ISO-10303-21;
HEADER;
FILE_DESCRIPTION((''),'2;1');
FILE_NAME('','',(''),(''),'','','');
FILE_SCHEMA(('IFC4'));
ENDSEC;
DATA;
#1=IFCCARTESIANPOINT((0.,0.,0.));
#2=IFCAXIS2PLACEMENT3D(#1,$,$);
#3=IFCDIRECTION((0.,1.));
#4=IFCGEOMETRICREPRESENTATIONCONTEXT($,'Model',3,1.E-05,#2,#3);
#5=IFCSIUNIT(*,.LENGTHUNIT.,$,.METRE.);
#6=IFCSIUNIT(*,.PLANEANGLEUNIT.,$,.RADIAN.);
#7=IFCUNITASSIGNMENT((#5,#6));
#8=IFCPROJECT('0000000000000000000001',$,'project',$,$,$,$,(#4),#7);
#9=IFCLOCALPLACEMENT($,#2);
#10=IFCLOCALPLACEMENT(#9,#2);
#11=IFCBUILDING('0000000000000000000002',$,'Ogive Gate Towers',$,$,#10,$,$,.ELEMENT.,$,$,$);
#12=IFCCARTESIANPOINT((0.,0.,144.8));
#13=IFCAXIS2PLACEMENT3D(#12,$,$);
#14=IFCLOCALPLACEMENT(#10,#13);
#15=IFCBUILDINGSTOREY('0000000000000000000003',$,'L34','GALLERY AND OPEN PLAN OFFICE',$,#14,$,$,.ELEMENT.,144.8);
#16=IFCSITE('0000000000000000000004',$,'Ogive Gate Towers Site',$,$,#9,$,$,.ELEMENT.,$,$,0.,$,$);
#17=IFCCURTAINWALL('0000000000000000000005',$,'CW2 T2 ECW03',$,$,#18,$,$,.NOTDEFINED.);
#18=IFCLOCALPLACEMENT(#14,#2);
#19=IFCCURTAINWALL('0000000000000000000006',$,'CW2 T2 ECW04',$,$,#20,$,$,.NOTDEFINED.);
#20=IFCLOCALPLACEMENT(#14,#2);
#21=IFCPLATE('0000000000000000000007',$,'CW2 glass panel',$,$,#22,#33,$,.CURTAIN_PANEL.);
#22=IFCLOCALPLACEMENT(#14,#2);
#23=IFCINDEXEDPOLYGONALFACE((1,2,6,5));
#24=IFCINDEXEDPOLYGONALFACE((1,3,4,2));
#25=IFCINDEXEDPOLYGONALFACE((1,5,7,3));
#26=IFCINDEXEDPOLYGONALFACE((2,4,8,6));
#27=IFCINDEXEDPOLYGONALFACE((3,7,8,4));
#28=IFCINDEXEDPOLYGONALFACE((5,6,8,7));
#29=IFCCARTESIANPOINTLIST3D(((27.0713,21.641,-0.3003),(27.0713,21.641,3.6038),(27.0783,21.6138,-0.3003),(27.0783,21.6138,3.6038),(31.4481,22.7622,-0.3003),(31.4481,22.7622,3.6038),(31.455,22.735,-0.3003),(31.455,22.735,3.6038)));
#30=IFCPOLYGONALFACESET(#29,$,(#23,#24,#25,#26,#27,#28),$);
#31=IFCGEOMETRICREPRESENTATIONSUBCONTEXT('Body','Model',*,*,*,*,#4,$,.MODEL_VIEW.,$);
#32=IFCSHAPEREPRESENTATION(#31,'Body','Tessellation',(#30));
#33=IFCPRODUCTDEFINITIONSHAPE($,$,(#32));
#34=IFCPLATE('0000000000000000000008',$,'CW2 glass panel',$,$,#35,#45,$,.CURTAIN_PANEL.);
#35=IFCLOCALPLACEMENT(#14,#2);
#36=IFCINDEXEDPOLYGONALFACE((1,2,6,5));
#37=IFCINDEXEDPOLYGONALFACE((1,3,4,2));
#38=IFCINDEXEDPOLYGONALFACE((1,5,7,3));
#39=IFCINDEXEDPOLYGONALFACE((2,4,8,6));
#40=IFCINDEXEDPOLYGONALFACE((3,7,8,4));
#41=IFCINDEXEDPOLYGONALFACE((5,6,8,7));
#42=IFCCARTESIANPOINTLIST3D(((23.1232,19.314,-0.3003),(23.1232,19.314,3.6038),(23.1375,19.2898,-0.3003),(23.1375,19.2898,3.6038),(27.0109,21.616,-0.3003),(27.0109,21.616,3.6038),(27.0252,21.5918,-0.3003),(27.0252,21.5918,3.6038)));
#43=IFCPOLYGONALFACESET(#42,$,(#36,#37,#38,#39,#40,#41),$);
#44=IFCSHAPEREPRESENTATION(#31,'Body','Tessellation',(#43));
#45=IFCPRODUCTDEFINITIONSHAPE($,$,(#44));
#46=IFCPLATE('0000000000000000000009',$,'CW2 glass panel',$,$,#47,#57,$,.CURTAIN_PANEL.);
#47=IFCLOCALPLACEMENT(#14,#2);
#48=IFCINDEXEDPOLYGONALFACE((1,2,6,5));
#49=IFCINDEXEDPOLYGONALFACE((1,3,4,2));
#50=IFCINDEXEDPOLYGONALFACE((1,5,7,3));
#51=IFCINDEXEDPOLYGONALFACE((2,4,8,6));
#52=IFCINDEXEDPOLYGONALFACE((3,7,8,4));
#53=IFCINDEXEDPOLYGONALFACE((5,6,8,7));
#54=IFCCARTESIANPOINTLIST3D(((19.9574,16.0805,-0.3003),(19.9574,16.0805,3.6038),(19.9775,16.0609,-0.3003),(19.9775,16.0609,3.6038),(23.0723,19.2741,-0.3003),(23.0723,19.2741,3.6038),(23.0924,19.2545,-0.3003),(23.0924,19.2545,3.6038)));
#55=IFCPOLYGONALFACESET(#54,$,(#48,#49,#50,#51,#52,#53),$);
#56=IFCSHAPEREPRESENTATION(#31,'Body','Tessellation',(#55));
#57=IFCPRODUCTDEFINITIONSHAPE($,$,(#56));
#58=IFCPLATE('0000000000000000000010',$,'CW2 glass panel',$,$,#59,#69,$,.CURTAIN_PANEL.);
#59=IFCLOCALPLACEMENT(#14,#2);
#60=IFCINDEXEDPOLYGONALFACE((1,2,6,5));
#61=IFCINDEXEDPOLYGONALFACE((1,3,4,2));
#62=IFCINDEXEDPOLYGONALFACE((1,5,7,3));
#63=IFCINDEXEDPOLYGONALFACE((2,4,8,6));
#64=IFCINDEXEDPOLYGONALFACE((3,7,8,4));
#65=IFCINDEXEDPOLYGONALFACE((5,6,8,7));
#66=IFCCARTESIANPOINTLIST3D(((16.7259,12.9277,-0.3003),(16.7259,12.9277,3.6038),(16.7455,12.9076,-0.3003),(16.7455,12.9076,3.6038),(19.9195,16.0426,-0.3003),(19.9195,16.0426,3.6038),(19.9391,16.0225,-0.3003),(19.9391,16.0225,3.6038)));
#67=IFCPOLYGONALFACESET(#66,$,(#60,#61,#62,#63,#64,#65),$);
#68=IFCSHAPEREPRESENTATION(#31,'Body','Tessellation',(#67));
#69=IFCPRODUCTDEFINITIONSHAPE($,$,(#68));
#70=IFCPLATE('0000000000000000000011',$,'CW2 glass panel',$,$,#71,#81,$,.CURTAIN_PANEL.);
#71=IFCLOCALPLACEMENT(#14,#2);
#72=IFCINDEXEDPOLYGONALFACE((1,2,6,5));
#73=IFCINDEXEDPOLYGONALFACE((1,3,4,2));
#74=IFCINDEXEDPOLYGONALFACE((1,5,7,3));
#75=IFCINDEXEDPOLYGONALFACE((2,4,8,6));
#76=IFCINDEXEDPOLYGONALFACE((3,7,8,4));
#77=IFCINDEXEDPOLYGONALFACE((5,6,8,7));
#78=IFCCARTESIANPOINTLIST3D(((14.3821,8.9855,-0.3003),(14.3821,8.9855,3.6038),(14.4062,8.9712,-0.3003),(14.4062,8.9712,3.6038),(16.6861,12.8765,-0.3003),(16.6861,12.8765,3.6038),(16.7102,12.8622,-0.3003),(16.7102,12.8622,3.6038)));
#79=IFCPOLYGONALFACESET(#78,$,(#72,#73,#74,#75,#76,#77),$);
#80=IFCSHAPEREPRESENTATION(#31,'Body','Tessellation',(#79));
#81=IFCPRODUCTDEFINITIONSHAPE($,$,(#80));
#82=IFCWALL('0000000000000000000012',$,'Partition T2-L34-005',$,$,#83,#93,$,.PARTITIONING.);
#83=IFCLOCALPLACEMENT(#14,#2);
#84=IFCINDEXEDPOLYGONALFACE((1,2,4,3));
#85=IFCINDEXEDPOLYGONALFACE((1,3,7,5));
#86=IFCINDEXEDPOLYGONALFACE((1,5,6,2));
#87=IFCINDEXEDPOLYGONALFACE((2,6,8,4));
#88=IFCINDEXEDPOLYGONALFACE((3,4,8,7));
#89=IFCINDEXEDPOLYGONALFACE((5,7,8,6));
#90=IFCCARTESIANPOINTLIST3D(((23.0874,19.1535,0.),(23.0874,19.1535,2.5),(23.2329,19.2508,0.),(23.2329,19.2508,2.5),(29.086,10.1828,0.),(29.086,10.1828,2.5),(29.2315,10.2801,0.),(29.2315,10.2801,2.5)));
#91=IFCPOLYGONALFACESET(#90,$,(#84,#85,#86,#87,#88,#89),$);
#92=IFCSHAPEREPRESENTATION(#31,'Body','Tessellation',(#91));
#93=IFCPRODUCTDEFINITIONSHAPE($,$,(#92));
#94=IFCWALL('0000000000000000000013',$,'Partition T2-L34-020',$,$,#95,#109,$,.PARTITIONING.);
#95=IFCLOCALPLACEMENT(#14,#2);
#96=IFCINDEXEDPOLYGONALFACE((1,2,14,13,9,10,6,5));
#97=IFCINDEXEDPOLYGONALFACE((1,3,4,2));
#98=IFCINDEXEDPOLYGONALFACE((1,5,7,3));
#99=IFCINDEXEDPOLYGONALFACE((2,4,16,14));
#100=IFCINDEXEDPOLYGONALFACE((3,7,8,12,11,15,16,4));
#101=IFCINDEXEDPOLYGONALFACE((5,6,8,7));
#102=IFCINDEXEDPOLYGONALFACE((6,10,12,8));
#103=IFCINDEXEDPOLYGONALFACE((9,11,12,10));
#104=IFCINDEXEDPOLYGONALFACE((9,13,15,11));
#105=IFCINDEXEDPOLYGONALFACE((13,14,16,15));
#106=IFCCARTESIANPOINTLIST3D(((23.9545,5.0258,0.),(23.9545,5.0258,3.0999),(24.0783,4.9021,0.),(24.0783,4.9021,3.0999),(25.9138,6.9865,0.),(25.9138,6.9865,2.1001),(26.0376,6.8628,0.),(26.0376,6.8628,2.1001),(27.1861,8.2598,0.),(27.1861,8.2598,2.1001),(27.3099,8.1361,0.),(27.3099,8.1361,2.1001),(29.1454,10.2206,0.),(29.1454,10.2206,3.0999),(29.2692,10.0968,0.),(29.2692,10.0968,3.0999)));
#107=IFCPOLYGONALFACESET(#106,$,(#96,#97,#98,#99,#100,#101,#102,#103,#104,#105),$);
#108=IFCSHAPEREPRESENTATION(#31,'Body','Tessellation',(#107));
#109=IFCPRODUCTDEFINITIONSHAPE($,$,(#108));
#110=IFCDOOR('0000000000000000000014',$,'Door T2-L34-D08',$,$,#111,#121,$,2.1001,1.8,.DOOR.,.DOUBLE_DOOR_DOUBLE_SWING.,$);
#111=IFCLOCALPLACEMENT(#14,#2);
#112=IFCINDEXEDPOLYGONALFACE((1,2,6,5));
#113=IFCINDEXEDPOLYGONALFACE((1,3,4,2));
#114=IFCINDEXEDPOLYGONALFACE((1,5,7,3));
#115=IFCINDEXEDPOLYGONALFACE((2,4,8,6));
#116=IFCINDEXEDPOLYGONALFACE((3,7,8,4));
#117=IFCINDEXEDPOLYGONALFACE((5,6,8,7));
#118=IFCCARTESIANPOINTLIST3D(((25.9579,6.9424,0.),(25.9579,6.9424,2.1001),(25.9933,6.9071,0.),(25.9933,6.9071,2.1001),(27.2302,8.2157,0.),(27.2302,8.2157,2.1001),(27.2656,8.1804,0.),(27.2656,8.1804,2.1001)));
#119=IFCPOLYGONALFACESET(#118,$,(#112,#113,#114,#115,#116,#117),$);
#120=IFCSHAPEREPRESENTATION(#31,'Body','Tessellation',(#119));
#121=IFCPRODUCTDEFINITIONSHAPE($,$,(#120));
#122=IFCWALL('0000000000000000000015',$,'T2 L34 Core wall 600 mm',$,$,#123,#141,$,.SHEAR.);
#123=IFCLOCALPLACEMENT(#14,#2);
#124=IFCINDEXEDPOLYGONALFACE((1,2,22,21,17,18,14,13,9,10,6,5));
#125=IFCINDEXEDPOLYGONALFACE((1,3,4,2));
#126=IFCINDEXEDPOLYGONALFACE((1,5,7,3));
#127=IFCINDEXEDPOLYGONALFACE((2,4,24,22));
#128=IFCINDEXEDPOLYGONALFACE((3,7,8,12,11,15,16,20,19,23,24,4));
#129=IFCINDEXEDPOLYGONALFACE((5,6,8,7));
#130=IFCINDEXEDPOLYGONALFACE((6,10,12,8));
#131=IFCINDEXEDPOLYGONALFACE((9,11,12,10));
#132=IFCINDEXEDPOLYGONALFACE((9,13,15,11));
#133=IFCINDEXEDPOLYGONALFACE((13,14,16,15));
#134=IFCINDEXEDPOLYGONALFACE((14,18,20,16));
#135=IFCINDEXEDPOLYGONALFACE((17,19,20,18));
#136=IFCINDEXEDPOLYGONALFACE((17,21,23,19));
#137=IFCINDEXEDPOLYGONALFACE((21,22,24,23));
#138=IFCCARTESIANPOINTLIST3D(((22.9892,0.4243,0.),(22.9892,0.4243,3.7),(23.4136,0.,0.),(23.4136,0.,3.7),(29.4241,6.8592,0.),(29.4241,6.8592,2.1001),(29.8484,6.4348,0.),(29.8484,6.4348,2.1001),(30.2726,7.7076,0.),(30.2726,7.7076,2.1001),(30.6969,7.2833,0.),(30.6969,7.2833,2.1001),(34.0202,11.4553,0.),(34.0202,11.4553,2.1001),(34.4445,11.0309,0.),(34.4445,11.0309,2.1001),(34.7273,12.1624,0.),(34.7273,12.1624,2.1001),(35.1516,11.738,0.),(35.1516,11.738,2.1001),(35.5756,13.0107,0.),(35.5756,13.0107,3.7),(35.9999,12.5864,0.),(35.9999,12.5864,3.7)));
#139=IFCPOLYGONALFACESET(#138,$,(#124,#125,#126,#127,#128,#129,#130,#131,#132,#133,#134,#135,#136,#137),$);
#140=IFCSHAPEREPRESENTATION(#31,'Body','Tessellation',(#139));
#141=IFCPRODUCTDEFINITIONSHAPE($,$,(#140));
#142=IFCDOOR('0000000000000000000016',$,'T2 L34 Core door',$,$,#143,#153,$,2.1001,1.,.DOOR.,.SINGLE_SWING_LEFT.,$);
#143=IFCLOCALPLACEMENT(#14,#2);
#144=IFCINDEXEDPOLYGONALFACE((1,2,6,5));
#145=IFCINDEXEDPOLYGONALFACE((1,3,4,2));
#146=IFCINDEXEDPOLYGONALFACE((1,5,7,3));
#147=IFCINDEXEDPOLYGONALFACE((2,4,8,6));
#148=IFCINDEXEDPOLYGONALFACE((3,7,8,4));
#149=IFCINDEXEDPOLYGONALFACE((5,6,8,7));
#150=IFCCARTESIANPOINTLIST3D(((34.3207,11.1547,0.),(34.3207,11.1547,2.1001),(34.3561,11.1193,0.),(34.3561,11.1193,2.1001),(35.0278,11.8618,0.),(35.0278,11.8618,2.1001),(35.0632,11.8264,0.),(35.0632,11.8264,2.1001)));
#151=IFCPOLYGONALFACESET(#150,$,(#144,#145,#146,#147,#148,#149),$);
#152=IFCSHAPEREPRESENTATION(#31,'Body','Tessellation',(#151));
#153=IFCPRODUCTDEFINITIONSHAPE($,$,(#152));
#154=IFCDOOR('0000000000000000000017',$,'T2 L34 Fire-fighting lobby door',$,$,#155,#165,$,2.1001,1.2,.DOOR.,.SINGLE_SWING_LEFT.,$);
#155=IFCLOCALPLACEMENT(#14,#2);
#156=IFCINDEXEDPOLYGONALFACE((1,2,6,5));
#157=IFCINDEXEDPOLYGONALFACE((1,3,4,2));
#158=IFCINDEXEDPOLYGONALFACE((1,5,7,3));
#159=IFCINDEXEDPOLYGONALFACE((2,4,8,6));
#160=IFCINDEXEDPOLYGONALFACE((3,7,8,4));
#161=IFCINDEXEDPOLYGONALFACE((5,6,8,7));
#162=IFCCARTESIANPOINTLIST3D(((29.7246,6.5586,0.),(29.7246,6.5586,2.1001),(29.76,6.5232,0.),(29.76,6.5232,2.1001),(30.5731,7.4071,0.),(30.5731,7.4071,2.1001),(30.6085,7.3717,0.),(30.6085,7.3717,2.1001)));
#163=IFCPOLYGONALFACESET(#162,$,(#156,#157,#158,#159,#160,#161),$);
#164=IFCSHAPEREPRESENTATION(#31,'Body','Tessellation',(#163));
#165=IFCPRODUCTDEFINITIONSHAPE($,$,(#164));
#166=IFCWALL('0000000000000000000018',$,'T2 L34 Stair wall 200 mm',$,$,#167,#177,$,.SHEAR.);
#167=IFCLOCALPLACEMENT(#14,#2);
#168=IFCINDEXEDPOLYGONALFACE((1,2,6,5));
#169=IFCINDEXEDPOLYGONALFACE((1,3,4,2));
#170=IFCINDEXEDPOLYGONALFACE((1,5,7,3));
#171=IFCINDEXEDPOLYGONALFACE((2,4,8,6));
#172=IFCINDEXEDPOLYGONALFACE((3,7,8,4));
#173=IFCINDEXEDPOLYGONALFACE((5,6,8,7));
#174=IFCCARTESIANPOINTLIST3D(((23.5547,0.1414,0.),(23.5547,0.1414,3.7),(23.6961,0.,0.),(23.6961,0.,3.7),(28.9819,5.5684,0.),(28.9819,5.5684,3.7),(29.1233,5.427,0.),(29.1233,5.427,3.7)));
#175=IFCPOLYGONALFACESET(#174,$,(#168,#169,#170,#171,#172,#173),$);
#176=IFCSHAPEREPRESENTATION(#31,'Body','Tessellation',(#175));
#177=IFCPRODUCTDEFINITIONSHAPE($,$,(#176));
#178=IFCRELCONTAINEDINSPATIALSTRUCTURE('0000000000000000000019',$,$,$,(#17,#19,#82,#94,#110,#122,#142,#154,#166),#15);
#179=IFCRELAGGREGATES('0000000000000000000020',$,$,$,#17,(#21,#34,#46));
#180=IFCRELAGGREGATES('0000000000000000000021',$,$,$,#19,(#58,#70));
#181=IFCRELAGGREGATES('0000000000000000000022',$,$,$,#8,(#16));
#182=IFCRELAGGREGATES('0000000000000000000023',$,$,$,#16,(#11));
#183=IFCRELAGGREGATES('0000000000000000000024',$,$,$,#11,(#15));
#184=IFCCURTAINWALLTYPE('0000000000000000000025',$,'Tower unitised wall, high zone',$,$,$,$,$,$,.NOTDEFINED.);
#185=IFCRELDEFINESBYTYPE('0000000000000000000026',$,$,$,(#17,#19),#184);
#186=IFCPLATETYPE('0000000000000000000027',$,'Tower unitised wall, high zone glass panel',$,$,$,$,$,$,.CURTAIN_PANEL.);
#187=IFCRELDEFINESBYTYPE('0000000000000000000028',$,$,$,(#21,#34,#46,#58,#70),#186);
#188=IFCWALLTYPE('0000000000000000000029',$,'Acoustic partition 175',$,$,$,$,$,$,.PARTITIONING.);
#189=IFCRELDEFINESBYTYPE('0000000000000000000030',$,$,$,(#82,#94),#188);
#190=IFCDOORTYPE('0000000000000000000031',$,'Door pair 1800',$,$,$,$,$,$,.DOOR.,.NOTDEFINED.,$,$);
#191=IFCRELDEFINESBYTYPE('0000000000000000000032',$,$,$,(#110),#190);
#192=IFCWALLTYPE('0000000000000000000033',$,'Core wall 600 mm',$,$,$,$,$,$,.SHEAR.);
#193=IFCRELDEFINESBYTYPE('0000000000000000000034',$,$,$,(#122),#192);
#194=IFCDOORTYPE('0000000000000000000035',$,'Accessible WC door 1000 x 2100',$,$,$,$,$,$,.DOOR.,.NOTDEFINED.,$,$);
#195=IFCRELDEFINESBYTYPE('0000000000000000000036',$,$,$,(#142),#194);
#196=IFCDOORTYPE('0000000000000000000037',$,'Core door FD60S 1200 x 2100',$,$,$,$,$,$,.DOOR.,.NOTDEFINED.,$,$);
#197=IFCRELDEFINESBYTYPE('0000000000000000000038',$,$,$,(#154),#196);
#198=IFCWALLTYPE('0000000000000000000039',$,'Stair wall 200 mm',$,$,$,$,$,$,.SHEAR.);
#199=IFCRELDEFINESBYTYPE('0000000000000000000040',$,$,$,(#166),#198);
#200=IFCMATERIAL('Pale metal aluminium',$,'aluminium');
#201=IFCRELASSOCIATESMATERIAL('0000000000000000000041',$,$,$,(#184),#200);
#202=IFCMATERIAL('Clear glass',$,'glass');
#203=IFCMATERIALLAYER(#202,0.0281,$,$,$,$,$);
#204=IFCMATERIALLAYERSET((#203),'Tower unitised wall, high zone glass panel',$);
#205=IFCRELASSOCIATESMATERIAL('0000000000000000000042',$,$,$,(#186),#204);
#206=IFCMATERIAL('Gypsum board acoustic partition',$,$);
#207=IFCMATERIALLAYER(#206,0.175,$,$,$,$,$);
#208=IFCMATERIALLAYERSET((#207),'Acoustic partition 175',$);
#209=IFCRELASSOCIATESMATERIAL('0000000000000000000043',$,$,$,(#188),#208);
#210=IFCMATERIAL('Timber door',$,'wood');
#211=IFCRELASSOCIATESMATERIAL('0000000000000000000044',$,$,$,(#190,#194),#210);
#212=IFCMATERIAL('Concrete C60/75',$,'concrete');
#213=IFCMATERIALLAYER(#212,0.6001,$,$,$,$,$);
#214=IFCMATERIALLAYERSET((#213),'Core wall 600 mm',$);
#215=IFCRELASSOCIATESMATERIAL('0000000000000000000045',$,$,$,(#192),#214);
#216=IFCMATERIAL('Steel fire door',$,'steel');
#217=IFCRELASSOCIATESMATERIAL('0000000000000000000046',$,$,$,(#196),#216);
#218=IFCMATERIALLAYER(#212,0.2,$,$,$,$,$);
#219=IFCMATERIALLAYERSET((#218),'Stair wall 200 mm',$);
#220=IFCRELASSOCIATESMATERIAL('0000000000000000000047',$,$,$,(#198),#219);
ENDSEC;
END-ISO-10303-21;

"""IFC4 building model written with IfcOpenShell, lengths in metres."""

from ifc_helpers import new_model, si_unit, direction, frame, frame_2d, origin, origin_2d, place, context, subcontext, project, spatial, rectangle, extrude, material, layer, layer_set, type_object, element, fill, aggregate, save


model = new_model("IFC4")

# Units and contexts
model_context = context("Model", 3, precision=1e-05, world=origin(), true_north=direction((0.0, 1.0)))
body_context = subcontext(model_context, "Body", "Model", "MODEL_VIEW")
ifc_project = project(units=[si_unit("LENGTHUNIT", "METRE"), si_unit("PLANEANGLEUNIT", "RADIAN")], contexts=[model_context])

# Site, building, storey
site_placement = place(None, origin())
site = spatial("IfcSite", under=ifc_project, at=site_placement, Name="Ogive Gate Towers Site", CompositionType="ELEMENT", RefElevation=0.0)
building_placement = place(site_placement, origin())
building = spatial("IfcBuilding", under=site, at=building_placement, Name="Ogive Gate Towers", CompositionType="ELEMENT")
storey_placement = place(building_placement, frame((0.0, 0.0, 144.8)))
storey = spatial("IfcBuildingStorey", under=building, at=storey_placement, Name="L34", Description="GALLERY AND OPEN PLAN OFFICE", CompositionType="ELEMENT", Elevation=144.8)

# Curtain wall
ifc_material_1 = material(Name="Pale metal aluminium", Category="aluminium")
curtain_wall_type = type_object("IfcCurtainWallType", Name="Tower unitised wall, high zone", PredefinedType="NOTDEFINED", material=ifc_material_1)
curtain_wall_1_placement = place(storey_placement, origin())
curtain_wall_1 = element("IfcCurtainWall", 1, at=curtain_wall_1_placement, inside=storey, type_object=curtain_wall_type, Name="CW2 T2 ECW03", PredefinedType="NOTDEFINED")

# Curtain wall
curtain_wall_2_placement = place(storey_placement, origin())
curtain_wall_2 = element("IfcCurtainWall", 2, at=curtain_wall_2_placement, inside=storey, type_object=curtain_wall_type, Name="CW2 T2 ECW04", PredefinedType="NOTDEFINED")

# Plates
ifc_material_2 = material(Name="Clear glass", Category="glass")
ifc_layer_1 = layer(ifc_material_2, 0.0281)
ifc_layer_set_1 = layer_set([ifc_layer_1], Name="Tower unitised wall, high zone glass panel")
plate_type = type_object("IfcPlateType", Name="Tower unitised wall, high zone glass panel", PredefinedType="CURTAIN_PANEL", material=ifc_layer_set_1)
plate_1_placement = place(storey_placement, frame((29.2632, 22.188, -0.3003), z_axis=(0.0, 0.0, 1.0), x_axis=(-0.968718, -0.248166, 0.0)))
plate_1 = element("IfcPlate", 3, at=plate_1_placement, type_object=plate_type, Name="CW2 glass panel", PredefinedType="CURTAIN_PANEL", context=body_context, shape_type="SweptSolid", body=[
    extrude(rectangle(XDim=4.5181, YDim=0.0281, at=origin_2d()), origin(), (0.0, 0.0, 1.0), 3.9041),
])
plate_2_placement = place(storey_placement, frame((25.0742, 20.4529, -0.3003), z_axis=(0.0, 0.0, 1.0), x_axis=(-0.860466, -0.509507, 0.0)))
plate_2 = element("IfcPlate", 4, at=plate_2_placement, type_object=plate_type, Name="CW2 glass panel", PredefinedType="CURTAIN_PANEL", context=body_context, shape_type="SweptSolid", body=[
    extrude(rectangle(XDim=4.5181, YDim=0.0281, at=origin_2d()), origin(), (0.0, 0.0, 1.0), 3.9041),
])
plate_3_placement = place(storey_placement, frame((21.5249, 17.6675, -0.3003), z_axis=(0.0, 0.0, 1.0), x_axis=(-0.69824, -0.715863, 0.0)))
plate_3 = element("IfcPlate", 5, at=plate_3_placement, type_object=plate_type, Name="CW2 glass panel", PredefinedType="CURTAIN_PANEL", context=body_context, shape_type="SweptSolid", body=[
    extrude(rectangle(XDim=4.4612, YDim=0.0281, at=origin_2d()), origin(), (0.0, 0.0, 1.0), 3.9041),
])
aggregate(curtain_wall_1, [plate_1, plate_2, plate_3])
plate_4_placement = place(storey_placement, frame((18.3325, 14.4751, -0.3003), z_axis=(0.0, 0.0, 1.0), x_axis=(-0.715863, -0.69824, 0.0)))
plate_4 = element("IfcPlate", 6, at=plate_4_placement, type_object=plate_type, Name="CW2 glass panel", PredefinedType="CURTAIN_PANEL", context=body_context, shape_type="SweptSolid", body=[
    extrude(rectangle(XDim=4.4612, YDim=0.0281, at=origin_2d()), origin(), (0.0, 0.0, 1.0), 3.9041),
])
plate_5_placement = place(storey_placement, frame((15.5461, 10.9238, -0.3003), z_axis=(0.0, 0.0, 1.0), x_axis=(-0.509507, -0.860466, 0.0)))
plate_5 = element("IfcPlate", 7, at=plate_5_placement, type_object=plate_type, Name="CW2 glass panel", PredefinedType="CURTAIN_PANEL", context=body_context, shape_type="SweptSolid", body=[
    extrude(rectangle(XDim=4.522, YDim=0.0281, at=origin_2d()), origin(), (0.0, 0.0, 1.0), 3.9041),
])
aggregate(curtain_wall_2, [plate_4, plate_5])

# Wall
ifc_material_3 = material(Name="Gypsum board acoustic partition")
ifc_layer_2 = layer(ifc_material_3, 0.175)
ifc_layer_set_2 = layer_set([ifc_layer_2], Name="Acoustic partition 175")
wall_type_1 = type_object("IfcWallType", Name="Acoustic partition 175", PredefinedType="PARTITIONING", material=ifc_layer_set_2)
wall_1_placement = place(storey_placement, frame((23.1602, 19.2021, 0.0), z_axis=(0.0, 0.0, 1.0), x_axis=(0.555859, -0.831277, 0.0)))
element("IfcWall", 8, at=wall_1_placement, inside=storey, type_object=wall_type_1, Name="Partition T2-L34-005", PredefinedType="PARTITIONING", context=body_context, shape_type="SweptSolid", body=[
    extrude(rectangle(XDim=10.7915, YDim=0.175, at=frame_2d((5.3958, 0.0))), origin(), (0.0, 0.0, 1.0), 2.5),
])

# Wall, opening, door
wall_2_placement = place(storey_placement, frame((29.2073, 10.1587, 0.0), z_axis=(0.0, 0.0, 1.0), x_axis=(-0.706841, -0.707373, 0.0)))
wall_2 = element("IfcWall", 9, at=wall_2_placement, inside=storey, type_object=wall_type_1, Name="Partition T2-L34-020", PredefinedType="PARTITIONING", context=body_context, shape_type="SweptSolid", body=[
    extrude(rectangle(XDim=7.3438, YDim=0.175, at=frame_2d((3.6719, 0.0))), origin(), (0.0, 0.0, 1.0), 3.0999),
])
opening_1_placement = place(wall_2_placement, frame((2.772, 0.0, 0.0)))
opening_1 = element("IfcOpeningElement", 10, at=opening_1_placement, cuts=wall_2, PredefinedType="OPENING", context=body_context, shape_type="SweptSolid", body=[
    extrude(rectangle(XDim=1.8, YDim=2.1001, at=frame_2d((0.8999, 1.05))), frame((0.0, 0.0977, 0.0), z_axis=(0.0, -1.0, 0.0), x_axis=(1.0, 0.0, 0.0)), (0.0, 0.0, 1.0), 0.1951),
])
ifc_material_4 = material(Name="Timber door", Category="wood")
door_type_1 = type_object("IfcDoorType", Name="Door pair 1800", OperationType="NOTDEFINED", PredefinedType="DOOR", material=ifc_material_4)
door_1_placement = place(opening_1_placement, origin())
door_1 = element("IfcDoor", 11, at=door_1_placement, inside=storey, type_object=door_type_1, Name="Door T2-L34-D08", OperationType="DOUBLE_DOOR_DOUBLE_SWING", OverallHeight=2.1001, OverallWidth=1.8, PredefinedType="DOOR", context=body_context, shape_type="SweptSolid", body=[
    extrude(rectangle(XDim=1.8, YDim=2.1001, at=frame_2d((0.8999, 1.05))), frame((0.0, 0.0249, 0.0), z_axis=(0.0, -1.0, 0.0), x_axis=(1.0, 0.0, 0.0)), (0.0, 0.0, 1.0), 0.05),
])
fill(opening_1, door_1)

# Wall, openings, doors
ifc_material_5 = material(Name="Concrete C60/75", Category="concrete")
ifc_layer_3 = layer(ifc_material_5, 0.6001)
ifc_layer_set_3 = layer_set([ifc_layer_3], Name="Core wall 600 mm")
wall_type_2 = type_object("IfcWallType", Name="Core wall 600 mm", PredefinedType="SHEAR", material=ifc_layer_set_3)
wall_3_placement = place(storey_placement, frame((23.2014, 0.2122, 0.0), z_axis=(0.0, 0.0, 1.0), x_axis=(0.707107, 0.707107, 0.0)))
wall_3 = element("IfcWall", 12, at=wall_3_placement, inside=storey, type_object=wall_type_2, Name="T2 L34 Core wall 600 mm", PredefinedType="SHEAR", context=body_context, shape_type="SweptSolid", body=[
    extrude(rectangle(XDim=17.7998, YDim=0.6001, at=frame_2d((8.8999, 0.0))), origin(), (0.0, 0.0, 1.0), 3.7),
])
opening_2_placement = place(wall_3_placement, frame((9.1001, 0.0, 0.0)))
opening_2 = element("IfcOpeningElement", 13, at=opening_2_placement, cuts=wall_3, PredefinedType="OPENING", context=body_context, shape_type="SweptSolid", body=[
    extrude(rectangle(XDim=1.2, YDim=2.1001, at=frame_2d((0.6001, 1.05))), frame((0.0, 0.3101, 0.0), z_axis=(0.0, -1.0, 0.0), x_axis=(1.0, 0.0, 0.0)), (0.0, 0.0, 1.0), 0.6201),
])
opening_3_placement = place(wall_3_placement, frame((15.6001, 0.0, 0.0)))
opening_3 = element("IfcOpeningElement", 14, at=opening_3_placement, cuts=wall_3, PredefinedType="OPENING", context=body_context, shape_type="SweptSolid", body=[
    extrude(rectangle(XDim=1.0, YDim=2.1001, at=frame_2d((0.5, 1.05))), frame((0.0, 0.3101, 0.0), z_axis=(0.0, -1.0, 0.0), x_axis=(1.0, 0.0, 0.0)), (0.0, 0.0, 1.0), 0.6201),
])
door_type_2 = type_object("IfcDoorType", Name="Accessible WC door 1000 x 2100", OperationType="NOTDEFINED", PredefinedType="DOOR", material=ifc_material_4)
door_2_placement = place(opening_3_placement, origin())
door_2 = element("IfcDoor", 15, at=door_2_placement, inside=storey, type_object=door_type_2, Name="T2 L34 Core door", OperationType="SINGLE_SWING_LEFT", OverallHeight=2.1001, OverallWidth=1.0, PredefinedType="DOOR", context=body_context, shape_type="SweptSolid", body=[
    extrude(rectangle(XDim=1.0, YDim=2.1001, at=frame_2d((0.5, 1.05))), frame((0.0, -0.125, 0.0), z_axis=(0.0, -1.0, 0.0), x_axis=(1.0, 0.0, 0.0)), (0.0, 0.0, 1.0), 0.05),
])
fill(opening_3, door_2)
ifc_material_6 = material(Name="Steel fire door", Category="steel")
door_type_3 = type_object("IfcDoorType", Name="Core door FD60S 1200 x 2100", OperationType="NOTDEFINED", PredefinedType="DOOR", material=ifc_material_6)
door_3_placement = place(opening_2_placement, origin())
door_3 = element("IfcDoor", 16, at=door_3_placement, inside=storey, type_object=door_type_3, Name="T2 L34 Fire-fighting lobby door", OperationType="SINGLE_SWING_LEFT", OverallHeight=2.1001, OverallWidth=1.2, PredefinedType="DOOR", context=body_context, shape_type="SweptSolid", body=[
    extrude(rectangle(XDim=1.2, YDim=2.1001, at=frame_2d((0.6001, 1.05))), frame((0.0, -0.125, 0.0), z_axis=(0.0, -1.0, 0.0), x_axis=(1.0, 0.0, 0.0)), (0.0, 0.0, 1.0), 0.05),
])
fill(opening_2, door_3)

# Wall
ifc_layer_4 = layer(ifc_material_5, 0.2)
ifc_layer_set_4 = layer_set([ifc_layer_4], Name="Stair wall 200 mm")
wall_type_3 = type_object("IfcWallType", Name="Stair wall 200 mm", PredefinedType="SHEAR", material=ifc_layer_set_4)
wall_4_placement = place(storey_placement, frame((23.6255, 0.0708, 0.0), z_axis=(0.0, 0.0, 1.0), x_axis=(0.707123, 0.707091, 0.0)))
element("IfcWall", 17, at=wall_4_placement, inside=storey, type_object=wall_type_3, Name="T2 L34 Stair wall 200 mm", PredefinedType="SHEAR", context=body_context, shape_type="SweptSolid", body=[
    extrude(rectangle(XDim=7.675, YDim=0.2, at=frame_2d((3.8374, 0.0))), origin(), (0.0, 0.0, 1.0), 3.7),
])

save(model, "model.ifc")
